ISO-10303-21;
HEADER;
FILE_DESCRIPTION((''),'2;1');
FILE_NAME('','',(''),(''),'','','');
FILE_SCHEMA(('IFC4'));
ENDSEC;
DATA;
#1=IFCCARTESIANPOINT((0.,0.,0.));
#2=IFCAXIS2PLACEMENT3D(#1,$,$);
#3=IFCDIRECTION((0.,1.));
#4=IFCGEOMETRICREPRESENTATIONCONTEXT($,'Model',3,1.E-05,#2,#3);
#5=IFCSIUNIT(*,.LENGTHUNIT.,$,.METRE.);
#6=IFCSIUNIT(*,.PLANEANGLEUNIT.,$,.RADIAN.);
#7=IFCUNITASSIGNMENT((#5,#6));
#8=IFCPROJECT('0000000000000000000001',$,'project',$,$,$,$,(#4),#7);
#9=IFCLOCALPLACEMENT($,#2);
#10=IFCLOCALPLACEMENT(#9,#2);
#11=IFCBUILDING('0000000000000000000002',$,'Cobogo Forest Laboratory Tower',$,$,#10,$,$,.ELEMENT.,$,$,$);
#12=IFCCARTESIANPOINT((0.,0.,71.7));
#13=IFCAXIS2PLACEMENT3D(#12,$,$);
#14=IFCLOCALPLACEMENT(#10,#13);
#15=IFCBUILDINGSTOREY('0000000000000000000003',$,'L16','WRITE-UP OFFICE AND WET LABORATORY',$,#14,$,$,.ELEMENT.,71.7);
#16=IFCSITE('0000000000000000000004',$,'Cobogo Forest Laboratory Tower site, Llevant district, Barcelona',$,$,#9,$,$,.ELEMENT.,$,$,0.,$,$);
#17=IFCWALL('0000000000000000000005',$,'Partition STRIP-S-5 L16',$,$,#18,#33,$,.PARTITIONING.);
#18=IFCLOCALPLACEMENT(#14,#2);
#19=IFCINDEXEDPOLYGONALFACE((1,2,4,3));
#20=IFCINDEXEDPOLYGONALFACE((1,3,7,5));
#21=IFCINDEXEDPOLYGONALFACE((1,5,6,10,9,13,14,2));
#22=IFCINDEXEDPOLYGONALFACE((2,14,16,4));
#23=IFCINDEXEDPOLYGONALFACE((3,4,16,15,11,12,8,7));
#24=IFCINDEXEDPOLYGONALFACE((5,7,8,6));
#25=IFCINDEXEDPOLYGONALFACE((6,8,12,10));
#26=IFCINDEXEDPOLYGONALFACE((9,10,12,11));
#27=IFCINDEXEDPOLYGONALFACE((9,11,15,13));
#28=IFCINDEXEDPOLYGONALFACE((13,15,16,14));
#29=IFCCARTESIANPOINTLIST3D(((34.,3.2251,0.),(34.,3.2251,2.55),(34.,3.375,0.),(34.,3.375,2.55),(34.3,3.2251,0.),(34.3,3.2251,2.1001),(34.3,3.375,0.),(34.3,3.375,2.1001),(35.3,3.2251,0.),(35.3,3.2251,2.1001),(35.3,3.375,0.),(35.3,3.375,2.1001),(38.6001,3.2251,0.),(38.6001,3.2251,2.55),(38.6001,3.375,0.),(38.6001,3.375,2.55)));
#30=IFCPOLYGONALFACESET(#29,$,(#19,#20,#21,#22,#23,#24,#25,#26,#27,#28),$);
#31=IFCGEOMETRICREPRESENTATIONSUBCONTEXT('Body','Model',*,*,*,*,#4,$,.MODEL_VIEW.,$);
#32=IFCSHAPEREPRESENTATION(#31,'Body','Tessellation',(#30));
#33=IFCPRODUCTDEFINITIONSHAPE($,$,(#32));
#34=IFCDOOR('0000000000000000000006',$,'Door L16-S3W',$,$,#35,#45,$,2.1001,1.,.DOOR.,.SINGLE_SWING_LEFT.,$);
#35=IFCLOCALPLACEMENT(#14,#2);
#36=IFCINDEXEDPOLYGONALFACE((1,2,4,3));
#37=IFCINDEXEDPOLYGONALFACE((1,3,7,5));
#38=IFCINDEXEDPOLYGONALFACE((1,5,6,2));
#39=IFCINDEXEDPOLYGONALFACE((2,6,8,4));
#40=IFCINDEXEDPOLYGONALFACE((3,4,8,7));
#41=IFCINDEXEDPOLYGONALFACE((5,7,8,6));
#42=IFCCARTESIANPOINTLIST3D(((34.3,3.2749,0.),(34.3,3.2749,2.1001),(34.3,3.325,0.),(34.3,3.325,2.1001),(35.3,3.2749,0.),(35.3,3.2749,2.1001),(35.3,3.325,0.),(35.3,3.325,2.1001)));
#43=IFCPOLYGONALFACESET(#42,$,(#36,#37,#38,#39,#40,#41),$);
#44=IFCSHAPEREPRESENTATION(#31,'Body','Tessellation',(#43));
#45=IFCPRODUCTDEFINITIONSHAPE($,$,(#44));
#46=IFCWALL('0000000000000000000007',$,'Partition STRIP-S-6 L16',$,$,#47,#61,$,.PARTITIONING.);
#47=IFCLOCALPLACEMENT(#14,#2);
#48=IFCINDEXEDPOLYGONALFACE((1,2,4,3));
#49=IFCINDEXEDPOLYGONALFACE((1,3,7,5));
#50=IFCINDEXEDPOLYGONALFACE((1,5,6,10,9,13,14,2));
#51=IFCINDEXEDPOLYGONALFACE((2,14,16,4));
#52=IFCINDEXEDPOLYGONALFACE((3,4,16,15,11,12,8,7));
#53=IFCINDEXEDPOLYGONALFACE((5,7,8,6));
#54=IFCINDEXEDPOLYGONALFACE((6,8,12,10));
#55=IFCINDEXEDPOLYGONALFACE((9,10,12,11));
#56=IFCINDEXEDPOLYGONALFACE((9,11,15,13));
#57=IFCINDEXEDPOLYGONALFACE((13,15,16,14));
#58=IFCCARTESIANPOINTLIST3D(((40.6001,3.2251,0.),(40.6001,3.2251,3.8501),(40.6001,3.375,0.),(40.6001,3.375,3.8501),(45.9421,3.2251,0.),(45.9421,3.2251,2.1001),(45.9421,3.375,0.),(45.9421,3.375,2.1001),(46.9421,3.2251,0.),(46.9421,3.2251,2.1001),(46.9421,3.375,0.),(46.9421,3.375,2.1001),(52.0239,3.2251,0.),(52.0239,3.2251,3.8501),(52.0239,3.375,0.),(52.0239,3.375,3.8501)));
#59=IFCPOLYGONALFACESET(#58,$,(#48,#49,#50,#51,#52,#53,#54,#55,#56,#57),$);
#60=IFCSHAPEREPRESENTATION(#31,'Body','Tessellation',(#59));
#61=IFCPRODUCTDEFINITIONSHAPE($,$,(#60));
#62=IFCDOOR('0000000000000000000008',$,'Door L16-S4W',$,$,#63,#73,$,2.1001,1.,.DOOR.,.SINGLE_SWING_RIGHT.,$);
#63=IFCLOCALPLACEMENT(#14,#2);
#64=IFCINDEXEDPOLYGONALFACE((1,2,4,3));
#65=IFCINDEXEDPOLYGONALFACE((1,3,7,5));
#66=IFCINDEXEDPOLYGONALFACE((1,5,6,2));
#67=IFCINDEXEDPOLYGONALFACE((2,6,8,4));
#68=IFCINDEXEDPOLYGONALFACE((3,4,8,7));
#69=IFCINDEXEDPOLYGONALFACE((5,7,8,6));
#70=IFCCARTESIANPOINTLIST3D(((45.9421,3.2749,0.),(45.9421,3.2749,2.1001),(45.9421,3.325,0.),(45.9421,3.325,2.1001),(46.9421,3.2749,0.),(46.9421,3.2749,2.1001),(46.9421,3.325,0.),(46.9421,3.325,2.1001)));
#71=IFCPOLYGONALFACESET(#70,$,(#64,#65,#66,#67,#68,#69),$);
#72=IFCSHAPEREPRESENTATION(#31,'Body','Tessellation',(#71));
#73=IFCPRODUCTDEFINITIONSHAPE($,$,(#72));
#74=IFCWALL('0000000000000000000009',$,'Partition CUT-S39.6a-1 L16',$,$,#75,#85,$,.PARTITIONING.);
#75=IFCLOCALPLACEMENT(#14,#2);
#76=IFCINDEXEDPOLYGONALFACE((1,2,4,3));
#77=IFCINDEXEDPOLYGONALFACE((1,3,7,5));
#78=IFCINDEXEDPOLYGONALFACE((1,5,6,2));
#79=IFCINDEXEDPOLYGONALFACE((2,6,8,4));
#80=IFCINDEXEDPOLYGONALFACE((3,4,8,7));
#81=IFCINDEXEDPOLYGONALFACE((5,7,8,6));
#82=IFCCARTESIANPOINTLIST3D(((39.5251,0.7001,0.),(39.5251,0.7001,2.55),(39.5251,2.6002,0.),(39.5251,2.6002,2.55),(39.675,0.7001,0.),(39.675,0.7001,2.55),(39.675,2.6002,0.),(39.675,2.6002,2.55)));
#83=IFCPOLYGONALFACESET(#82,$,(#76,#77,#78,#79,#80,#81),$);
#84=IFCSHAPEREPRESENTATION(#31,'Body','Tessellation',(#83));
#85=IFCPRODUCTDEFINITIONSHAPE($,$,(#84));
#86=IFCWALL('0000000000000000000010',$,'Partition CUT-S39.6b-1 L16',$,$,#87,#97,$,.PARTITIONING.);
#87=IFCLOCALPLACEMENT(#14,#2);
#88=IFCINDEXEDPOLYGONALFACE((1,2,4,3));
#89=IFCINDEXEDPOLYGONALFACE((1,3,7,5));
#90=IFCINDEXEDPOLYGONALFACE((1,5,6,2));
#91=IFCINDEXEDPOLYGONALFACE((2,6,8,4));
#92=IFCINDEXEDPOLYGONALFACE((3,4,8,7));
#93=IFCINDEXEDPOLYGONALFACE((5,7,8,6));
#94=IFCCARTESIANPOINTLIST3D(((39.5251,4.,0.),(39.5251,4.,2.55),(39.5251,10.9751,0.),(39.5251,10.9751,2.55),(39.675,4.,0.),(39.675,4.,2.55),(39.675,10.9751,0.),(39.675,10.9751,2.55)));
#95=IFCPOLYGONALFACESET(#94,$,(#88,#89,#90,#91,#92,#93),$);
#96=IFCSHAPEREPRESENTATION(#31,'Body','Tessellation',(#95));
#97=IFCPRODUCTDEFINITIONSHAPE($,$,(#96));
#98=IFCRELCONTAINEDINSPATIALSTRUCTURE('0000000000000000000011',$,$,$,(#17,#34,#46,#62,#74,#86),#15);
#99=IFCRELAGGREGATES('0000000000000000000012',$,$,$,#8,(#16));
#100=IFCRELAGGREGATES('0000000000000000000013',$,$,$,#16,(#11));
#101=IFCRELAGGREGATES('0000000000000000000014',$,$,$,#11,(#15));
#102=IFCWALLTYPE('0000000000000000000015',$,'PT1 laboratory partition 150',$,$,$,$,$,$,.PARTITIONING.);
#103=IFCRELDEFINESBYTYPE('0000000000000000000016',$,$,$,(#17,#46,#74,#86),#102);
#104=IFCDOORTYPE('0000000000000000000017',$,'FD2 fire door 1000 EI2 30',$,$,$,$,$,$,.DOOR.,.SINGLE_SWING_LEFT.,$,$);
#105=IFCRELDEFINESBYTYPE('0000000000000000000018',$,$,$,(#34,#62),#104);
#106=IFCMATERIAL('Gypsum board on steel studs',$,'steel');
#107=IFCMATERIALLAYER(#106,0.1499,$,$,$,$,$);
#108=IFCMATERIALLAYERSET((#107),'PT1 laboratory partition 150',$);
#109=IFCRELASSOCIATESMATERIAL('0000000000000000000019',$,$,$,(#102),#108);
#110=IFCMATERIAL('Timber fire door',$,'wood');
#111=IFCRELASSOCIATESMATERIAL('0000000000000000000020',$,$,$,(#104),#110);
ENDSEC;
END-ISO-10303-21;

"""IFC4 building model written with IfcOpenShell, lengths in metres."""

from ifc_helpers import new_model, si_unit, direction, frame, frame_2d, origin, place, context, subcontext, project, spatial, rectangle, extrude, material, layer, layer_set, type_object, element, fill, save


model = new_model("IFC4")

# Units and contexts
model_context = context("Model", 3, precision=1e-05, world=origin(), true_north=direction((0.0, 1.0)))
body_context = subcontext(model_context, "Body", "Model", "MODEL_VIEW")
ifc_project = project(units=[si_unit("LENGTHUNIT", "METRE"), si_unit("PLANEANGLEUNIT", "RADIAN")], contexts=[model_context])

# Site, building, storey
site_placement = place(None, origin())
site = spatial("IfcSite", under=ifc_project, at=site_placement, Name="Cobogo Forest Laboratory Tower site, Llevant district, Barcelona", CompositionType="ELEMENT", RefElevation=0.0)
building_placement = place(site_placement, origin())
building = spatial("IfcBuilding", under=site, at=building_placement, Name="Cobogo Forest Laboratory Tower", CompositionType="ELEMENT")
storey_placement = place(building_placement, frame((0.0, 0.0, 71.7)))
storey = spatial("IfcBuildingStorey", under=building, at=storey_placement, Name="L16", Description="WRITE-UP OFFICE AND WET LABORATORY", CompositionType="ELEMENT", Elevation=71.7)

# Walls, openings, doors
ifc_material_1 = material(Name="Gypsum board on steel studs", Category="steel")
ifc_layer_1 = layer(ifc_material_1, 0.1499)
ifc_layer_set_1 = layer_set([ifc_layer_1], Name="PT1 laboratory partition 150")
wall_type_1 = type_object("IfcWallType", Name="PT1 laboratory partition 150", PredefinedType="PARTITIONING", material=ifc_layer_set_1)
wall_1_placement = place(storey_placement, frame((34.0, 3.3, 0.0), z_axis=(0.0, 0.0, 1.0), x_axis=(1.0, 0.0, 0.0)))
wall_1 = element("IfcWall", 1, at=wall_1_placement, inside=storey, type_object=wall_type_1, Name="Partition STRIP-S-5 L16", PredefinedType="PARTITIONING", context=body_context, shape_type="SweptSolid", body=[
    extrude(rectangle(XDim=4.6001, YDim=0.1499, at=frame_2d((2.3, 0.0))), origin(), (0.0, 0.0, 1.0), 2.55),
])
opening_1_placement = place(wall_1_placement, frame((0.3, 0.0, 0.0)))
opening_1 = element("IfcOpeningElement", 2, at=opening_1_placement, cuts=wall_1, PredefinedType="OPENING", context=body_context, shape_type="SweptSolid", body=[
    extrude(rectangle(XDim=1.0, YDim=2.1001, at=frame_2d((0.5, 1.05))), frame((0.0, 0.085, 0.0), z_axis=(0.0, -1.0, 0.0), x_axis=(1.0, 0.0, 0.0)), (0.0, 0.0, 1.0), 0.1699),
])
ifc_material_2 = material(Name="Timber fire door", Category="wood")
door_type_1 = type_object("IfcDoorType", Name="FD2 fire door 1000 EI2 30", OperationType="SINGLE_SWING_LEFT", PredefinedType="DOOR", material=ifc_material_2)
door_1_placement = place(opening_1_placement, origin())
door_1 = element("IfcDoor", 3, at=door_1_placement, inside=storey, type_object=door_type_1, Name="Door L16-S3W", OperationType="SINGLE_SWING_LEFT", OverallHeight=2.1001, OverallWidth=1.0, PredefinedType="DOOR", context=body_context, shape_type="SweptSolid", body=[
    extrude(rectangle(XDim=1.0, YDim=2.1001, at=frame_2d((0.5, 1.05))), frame((0.0, 0.0249, 0.0), z_axis=(0.0, -1.0, 0.0), x_axis=(1.0, 0.0, 0.0)), (0.0, 0.0, 1.0), 0.05),
])
fill(opening_1, door_1)
wall_2_placement = place(storey_placement, frame((40.6001, 3.3, 0.0), z_axis=(0.0, 0.0, 1.0), x_axis=(1.0, 0.0, 0.0)))
wall_2 = element("IfcWall", 4, at=wall_2_placement, inside=storey, type_object=wall_type_1, Name="Partition STRIP-S-6 L16", PredefinedType="PARTITIONING", context=body_context, shape_type="SweptSolid", body=[
    extrude(rectangle(XDim=11.4238, YDim=0.1499, at=frame_2d((5.7119, 0.0))), origin(), (0.0, 0.0, 1.0), 3.8501),
])
opening_2_placement = place(wall_2_placement, frame((5.342, 0.0, 0.0)))
opening_2 = element("IfcOpeningElement", 5, at=opening_2_placement, cuts=wall_2, PredefinedType="OPENING", context=body_context, shape_type="SweptSolid", body=[
    extrude(rectangle(XDim=1.0, YDim=2.1001, at=frame_2d((0.5, 1.05))), frame((0.0, 0.085, 0.0), z_axis=(0.0, -1.0, 0.0), x_axis=(1.0, 0.0, 0.0)), (0.0, 0.0, 1.0), 0.1699),
])
door_2_placement = place(opening_2_placement, origin())
door_2 = element("IfcDoor", 6, at=door_2_placement, inside=storey, type_object=door_type_1, Name="Door L16-S4W", OperationType="SINGLE_SWING_RIGHT", OverallHeight=2.1001, OverallWidth=1.0, PredefinedType="DOOR", context=body_context, shape_type="SweptSolid", body=[
    extrude(rectangle(XDim=1.0, YDim=2.1001, at=frame_2d((0.5, 1.05))), frame((0.0, 0.0249, 0.0), z_axis=(0.0, -1.0, 0.0), x_axis=(1.0, 0.0, 0.0)), (0.0, 0.0, 1.0), 0.05),
])
fill(opening_2, door_2)

# Walls
wall_3_placement = place(storey_placement, frame((39.6001, 0.7, 0.0), z_axis=(0.0, 0.0, 1.0), x_axis=(0.0, 1.0, 0.0)))
element("IfcWall", 7, at=wall_3_placement, inside=storey, type_object=wall_type_1, Name="Partition CUT-S39.6a-1 L16", PredefinedType="PARTITIONING", context=body_context, shape_type="SweptSolid", body=[
    extrude(rectangle(XDim=1.9001, YDim=0.1499, at=frame_2d((0.9502, 0.0))), origin(), (0.0, 0.0, 1.0), 2.55),
])
wall_4_placement = place(storey_placement, frame((39.6001, 4.0, 0.0), z_axis=(0.0, 0.0, 1.0), x_axis=(0.0, 1.0, 0.0)))
element("IfcWall", 8, at=wall_4_placement, inside=storey, type_object=wall_type_1, Name="Partition CUT-S39.6b-1 L16", PredefinedType="PARTITIONING", context=body_context, shape_type="SweptSolid", body=[
    extrude(rectangle(XDim=6.9751, YDim=0.1499, at=frame_2d((3.4875, 0.0))), origin(), (0.0, 0.0, 1.0), 2.55),
])

save(model, "model.ifc")
